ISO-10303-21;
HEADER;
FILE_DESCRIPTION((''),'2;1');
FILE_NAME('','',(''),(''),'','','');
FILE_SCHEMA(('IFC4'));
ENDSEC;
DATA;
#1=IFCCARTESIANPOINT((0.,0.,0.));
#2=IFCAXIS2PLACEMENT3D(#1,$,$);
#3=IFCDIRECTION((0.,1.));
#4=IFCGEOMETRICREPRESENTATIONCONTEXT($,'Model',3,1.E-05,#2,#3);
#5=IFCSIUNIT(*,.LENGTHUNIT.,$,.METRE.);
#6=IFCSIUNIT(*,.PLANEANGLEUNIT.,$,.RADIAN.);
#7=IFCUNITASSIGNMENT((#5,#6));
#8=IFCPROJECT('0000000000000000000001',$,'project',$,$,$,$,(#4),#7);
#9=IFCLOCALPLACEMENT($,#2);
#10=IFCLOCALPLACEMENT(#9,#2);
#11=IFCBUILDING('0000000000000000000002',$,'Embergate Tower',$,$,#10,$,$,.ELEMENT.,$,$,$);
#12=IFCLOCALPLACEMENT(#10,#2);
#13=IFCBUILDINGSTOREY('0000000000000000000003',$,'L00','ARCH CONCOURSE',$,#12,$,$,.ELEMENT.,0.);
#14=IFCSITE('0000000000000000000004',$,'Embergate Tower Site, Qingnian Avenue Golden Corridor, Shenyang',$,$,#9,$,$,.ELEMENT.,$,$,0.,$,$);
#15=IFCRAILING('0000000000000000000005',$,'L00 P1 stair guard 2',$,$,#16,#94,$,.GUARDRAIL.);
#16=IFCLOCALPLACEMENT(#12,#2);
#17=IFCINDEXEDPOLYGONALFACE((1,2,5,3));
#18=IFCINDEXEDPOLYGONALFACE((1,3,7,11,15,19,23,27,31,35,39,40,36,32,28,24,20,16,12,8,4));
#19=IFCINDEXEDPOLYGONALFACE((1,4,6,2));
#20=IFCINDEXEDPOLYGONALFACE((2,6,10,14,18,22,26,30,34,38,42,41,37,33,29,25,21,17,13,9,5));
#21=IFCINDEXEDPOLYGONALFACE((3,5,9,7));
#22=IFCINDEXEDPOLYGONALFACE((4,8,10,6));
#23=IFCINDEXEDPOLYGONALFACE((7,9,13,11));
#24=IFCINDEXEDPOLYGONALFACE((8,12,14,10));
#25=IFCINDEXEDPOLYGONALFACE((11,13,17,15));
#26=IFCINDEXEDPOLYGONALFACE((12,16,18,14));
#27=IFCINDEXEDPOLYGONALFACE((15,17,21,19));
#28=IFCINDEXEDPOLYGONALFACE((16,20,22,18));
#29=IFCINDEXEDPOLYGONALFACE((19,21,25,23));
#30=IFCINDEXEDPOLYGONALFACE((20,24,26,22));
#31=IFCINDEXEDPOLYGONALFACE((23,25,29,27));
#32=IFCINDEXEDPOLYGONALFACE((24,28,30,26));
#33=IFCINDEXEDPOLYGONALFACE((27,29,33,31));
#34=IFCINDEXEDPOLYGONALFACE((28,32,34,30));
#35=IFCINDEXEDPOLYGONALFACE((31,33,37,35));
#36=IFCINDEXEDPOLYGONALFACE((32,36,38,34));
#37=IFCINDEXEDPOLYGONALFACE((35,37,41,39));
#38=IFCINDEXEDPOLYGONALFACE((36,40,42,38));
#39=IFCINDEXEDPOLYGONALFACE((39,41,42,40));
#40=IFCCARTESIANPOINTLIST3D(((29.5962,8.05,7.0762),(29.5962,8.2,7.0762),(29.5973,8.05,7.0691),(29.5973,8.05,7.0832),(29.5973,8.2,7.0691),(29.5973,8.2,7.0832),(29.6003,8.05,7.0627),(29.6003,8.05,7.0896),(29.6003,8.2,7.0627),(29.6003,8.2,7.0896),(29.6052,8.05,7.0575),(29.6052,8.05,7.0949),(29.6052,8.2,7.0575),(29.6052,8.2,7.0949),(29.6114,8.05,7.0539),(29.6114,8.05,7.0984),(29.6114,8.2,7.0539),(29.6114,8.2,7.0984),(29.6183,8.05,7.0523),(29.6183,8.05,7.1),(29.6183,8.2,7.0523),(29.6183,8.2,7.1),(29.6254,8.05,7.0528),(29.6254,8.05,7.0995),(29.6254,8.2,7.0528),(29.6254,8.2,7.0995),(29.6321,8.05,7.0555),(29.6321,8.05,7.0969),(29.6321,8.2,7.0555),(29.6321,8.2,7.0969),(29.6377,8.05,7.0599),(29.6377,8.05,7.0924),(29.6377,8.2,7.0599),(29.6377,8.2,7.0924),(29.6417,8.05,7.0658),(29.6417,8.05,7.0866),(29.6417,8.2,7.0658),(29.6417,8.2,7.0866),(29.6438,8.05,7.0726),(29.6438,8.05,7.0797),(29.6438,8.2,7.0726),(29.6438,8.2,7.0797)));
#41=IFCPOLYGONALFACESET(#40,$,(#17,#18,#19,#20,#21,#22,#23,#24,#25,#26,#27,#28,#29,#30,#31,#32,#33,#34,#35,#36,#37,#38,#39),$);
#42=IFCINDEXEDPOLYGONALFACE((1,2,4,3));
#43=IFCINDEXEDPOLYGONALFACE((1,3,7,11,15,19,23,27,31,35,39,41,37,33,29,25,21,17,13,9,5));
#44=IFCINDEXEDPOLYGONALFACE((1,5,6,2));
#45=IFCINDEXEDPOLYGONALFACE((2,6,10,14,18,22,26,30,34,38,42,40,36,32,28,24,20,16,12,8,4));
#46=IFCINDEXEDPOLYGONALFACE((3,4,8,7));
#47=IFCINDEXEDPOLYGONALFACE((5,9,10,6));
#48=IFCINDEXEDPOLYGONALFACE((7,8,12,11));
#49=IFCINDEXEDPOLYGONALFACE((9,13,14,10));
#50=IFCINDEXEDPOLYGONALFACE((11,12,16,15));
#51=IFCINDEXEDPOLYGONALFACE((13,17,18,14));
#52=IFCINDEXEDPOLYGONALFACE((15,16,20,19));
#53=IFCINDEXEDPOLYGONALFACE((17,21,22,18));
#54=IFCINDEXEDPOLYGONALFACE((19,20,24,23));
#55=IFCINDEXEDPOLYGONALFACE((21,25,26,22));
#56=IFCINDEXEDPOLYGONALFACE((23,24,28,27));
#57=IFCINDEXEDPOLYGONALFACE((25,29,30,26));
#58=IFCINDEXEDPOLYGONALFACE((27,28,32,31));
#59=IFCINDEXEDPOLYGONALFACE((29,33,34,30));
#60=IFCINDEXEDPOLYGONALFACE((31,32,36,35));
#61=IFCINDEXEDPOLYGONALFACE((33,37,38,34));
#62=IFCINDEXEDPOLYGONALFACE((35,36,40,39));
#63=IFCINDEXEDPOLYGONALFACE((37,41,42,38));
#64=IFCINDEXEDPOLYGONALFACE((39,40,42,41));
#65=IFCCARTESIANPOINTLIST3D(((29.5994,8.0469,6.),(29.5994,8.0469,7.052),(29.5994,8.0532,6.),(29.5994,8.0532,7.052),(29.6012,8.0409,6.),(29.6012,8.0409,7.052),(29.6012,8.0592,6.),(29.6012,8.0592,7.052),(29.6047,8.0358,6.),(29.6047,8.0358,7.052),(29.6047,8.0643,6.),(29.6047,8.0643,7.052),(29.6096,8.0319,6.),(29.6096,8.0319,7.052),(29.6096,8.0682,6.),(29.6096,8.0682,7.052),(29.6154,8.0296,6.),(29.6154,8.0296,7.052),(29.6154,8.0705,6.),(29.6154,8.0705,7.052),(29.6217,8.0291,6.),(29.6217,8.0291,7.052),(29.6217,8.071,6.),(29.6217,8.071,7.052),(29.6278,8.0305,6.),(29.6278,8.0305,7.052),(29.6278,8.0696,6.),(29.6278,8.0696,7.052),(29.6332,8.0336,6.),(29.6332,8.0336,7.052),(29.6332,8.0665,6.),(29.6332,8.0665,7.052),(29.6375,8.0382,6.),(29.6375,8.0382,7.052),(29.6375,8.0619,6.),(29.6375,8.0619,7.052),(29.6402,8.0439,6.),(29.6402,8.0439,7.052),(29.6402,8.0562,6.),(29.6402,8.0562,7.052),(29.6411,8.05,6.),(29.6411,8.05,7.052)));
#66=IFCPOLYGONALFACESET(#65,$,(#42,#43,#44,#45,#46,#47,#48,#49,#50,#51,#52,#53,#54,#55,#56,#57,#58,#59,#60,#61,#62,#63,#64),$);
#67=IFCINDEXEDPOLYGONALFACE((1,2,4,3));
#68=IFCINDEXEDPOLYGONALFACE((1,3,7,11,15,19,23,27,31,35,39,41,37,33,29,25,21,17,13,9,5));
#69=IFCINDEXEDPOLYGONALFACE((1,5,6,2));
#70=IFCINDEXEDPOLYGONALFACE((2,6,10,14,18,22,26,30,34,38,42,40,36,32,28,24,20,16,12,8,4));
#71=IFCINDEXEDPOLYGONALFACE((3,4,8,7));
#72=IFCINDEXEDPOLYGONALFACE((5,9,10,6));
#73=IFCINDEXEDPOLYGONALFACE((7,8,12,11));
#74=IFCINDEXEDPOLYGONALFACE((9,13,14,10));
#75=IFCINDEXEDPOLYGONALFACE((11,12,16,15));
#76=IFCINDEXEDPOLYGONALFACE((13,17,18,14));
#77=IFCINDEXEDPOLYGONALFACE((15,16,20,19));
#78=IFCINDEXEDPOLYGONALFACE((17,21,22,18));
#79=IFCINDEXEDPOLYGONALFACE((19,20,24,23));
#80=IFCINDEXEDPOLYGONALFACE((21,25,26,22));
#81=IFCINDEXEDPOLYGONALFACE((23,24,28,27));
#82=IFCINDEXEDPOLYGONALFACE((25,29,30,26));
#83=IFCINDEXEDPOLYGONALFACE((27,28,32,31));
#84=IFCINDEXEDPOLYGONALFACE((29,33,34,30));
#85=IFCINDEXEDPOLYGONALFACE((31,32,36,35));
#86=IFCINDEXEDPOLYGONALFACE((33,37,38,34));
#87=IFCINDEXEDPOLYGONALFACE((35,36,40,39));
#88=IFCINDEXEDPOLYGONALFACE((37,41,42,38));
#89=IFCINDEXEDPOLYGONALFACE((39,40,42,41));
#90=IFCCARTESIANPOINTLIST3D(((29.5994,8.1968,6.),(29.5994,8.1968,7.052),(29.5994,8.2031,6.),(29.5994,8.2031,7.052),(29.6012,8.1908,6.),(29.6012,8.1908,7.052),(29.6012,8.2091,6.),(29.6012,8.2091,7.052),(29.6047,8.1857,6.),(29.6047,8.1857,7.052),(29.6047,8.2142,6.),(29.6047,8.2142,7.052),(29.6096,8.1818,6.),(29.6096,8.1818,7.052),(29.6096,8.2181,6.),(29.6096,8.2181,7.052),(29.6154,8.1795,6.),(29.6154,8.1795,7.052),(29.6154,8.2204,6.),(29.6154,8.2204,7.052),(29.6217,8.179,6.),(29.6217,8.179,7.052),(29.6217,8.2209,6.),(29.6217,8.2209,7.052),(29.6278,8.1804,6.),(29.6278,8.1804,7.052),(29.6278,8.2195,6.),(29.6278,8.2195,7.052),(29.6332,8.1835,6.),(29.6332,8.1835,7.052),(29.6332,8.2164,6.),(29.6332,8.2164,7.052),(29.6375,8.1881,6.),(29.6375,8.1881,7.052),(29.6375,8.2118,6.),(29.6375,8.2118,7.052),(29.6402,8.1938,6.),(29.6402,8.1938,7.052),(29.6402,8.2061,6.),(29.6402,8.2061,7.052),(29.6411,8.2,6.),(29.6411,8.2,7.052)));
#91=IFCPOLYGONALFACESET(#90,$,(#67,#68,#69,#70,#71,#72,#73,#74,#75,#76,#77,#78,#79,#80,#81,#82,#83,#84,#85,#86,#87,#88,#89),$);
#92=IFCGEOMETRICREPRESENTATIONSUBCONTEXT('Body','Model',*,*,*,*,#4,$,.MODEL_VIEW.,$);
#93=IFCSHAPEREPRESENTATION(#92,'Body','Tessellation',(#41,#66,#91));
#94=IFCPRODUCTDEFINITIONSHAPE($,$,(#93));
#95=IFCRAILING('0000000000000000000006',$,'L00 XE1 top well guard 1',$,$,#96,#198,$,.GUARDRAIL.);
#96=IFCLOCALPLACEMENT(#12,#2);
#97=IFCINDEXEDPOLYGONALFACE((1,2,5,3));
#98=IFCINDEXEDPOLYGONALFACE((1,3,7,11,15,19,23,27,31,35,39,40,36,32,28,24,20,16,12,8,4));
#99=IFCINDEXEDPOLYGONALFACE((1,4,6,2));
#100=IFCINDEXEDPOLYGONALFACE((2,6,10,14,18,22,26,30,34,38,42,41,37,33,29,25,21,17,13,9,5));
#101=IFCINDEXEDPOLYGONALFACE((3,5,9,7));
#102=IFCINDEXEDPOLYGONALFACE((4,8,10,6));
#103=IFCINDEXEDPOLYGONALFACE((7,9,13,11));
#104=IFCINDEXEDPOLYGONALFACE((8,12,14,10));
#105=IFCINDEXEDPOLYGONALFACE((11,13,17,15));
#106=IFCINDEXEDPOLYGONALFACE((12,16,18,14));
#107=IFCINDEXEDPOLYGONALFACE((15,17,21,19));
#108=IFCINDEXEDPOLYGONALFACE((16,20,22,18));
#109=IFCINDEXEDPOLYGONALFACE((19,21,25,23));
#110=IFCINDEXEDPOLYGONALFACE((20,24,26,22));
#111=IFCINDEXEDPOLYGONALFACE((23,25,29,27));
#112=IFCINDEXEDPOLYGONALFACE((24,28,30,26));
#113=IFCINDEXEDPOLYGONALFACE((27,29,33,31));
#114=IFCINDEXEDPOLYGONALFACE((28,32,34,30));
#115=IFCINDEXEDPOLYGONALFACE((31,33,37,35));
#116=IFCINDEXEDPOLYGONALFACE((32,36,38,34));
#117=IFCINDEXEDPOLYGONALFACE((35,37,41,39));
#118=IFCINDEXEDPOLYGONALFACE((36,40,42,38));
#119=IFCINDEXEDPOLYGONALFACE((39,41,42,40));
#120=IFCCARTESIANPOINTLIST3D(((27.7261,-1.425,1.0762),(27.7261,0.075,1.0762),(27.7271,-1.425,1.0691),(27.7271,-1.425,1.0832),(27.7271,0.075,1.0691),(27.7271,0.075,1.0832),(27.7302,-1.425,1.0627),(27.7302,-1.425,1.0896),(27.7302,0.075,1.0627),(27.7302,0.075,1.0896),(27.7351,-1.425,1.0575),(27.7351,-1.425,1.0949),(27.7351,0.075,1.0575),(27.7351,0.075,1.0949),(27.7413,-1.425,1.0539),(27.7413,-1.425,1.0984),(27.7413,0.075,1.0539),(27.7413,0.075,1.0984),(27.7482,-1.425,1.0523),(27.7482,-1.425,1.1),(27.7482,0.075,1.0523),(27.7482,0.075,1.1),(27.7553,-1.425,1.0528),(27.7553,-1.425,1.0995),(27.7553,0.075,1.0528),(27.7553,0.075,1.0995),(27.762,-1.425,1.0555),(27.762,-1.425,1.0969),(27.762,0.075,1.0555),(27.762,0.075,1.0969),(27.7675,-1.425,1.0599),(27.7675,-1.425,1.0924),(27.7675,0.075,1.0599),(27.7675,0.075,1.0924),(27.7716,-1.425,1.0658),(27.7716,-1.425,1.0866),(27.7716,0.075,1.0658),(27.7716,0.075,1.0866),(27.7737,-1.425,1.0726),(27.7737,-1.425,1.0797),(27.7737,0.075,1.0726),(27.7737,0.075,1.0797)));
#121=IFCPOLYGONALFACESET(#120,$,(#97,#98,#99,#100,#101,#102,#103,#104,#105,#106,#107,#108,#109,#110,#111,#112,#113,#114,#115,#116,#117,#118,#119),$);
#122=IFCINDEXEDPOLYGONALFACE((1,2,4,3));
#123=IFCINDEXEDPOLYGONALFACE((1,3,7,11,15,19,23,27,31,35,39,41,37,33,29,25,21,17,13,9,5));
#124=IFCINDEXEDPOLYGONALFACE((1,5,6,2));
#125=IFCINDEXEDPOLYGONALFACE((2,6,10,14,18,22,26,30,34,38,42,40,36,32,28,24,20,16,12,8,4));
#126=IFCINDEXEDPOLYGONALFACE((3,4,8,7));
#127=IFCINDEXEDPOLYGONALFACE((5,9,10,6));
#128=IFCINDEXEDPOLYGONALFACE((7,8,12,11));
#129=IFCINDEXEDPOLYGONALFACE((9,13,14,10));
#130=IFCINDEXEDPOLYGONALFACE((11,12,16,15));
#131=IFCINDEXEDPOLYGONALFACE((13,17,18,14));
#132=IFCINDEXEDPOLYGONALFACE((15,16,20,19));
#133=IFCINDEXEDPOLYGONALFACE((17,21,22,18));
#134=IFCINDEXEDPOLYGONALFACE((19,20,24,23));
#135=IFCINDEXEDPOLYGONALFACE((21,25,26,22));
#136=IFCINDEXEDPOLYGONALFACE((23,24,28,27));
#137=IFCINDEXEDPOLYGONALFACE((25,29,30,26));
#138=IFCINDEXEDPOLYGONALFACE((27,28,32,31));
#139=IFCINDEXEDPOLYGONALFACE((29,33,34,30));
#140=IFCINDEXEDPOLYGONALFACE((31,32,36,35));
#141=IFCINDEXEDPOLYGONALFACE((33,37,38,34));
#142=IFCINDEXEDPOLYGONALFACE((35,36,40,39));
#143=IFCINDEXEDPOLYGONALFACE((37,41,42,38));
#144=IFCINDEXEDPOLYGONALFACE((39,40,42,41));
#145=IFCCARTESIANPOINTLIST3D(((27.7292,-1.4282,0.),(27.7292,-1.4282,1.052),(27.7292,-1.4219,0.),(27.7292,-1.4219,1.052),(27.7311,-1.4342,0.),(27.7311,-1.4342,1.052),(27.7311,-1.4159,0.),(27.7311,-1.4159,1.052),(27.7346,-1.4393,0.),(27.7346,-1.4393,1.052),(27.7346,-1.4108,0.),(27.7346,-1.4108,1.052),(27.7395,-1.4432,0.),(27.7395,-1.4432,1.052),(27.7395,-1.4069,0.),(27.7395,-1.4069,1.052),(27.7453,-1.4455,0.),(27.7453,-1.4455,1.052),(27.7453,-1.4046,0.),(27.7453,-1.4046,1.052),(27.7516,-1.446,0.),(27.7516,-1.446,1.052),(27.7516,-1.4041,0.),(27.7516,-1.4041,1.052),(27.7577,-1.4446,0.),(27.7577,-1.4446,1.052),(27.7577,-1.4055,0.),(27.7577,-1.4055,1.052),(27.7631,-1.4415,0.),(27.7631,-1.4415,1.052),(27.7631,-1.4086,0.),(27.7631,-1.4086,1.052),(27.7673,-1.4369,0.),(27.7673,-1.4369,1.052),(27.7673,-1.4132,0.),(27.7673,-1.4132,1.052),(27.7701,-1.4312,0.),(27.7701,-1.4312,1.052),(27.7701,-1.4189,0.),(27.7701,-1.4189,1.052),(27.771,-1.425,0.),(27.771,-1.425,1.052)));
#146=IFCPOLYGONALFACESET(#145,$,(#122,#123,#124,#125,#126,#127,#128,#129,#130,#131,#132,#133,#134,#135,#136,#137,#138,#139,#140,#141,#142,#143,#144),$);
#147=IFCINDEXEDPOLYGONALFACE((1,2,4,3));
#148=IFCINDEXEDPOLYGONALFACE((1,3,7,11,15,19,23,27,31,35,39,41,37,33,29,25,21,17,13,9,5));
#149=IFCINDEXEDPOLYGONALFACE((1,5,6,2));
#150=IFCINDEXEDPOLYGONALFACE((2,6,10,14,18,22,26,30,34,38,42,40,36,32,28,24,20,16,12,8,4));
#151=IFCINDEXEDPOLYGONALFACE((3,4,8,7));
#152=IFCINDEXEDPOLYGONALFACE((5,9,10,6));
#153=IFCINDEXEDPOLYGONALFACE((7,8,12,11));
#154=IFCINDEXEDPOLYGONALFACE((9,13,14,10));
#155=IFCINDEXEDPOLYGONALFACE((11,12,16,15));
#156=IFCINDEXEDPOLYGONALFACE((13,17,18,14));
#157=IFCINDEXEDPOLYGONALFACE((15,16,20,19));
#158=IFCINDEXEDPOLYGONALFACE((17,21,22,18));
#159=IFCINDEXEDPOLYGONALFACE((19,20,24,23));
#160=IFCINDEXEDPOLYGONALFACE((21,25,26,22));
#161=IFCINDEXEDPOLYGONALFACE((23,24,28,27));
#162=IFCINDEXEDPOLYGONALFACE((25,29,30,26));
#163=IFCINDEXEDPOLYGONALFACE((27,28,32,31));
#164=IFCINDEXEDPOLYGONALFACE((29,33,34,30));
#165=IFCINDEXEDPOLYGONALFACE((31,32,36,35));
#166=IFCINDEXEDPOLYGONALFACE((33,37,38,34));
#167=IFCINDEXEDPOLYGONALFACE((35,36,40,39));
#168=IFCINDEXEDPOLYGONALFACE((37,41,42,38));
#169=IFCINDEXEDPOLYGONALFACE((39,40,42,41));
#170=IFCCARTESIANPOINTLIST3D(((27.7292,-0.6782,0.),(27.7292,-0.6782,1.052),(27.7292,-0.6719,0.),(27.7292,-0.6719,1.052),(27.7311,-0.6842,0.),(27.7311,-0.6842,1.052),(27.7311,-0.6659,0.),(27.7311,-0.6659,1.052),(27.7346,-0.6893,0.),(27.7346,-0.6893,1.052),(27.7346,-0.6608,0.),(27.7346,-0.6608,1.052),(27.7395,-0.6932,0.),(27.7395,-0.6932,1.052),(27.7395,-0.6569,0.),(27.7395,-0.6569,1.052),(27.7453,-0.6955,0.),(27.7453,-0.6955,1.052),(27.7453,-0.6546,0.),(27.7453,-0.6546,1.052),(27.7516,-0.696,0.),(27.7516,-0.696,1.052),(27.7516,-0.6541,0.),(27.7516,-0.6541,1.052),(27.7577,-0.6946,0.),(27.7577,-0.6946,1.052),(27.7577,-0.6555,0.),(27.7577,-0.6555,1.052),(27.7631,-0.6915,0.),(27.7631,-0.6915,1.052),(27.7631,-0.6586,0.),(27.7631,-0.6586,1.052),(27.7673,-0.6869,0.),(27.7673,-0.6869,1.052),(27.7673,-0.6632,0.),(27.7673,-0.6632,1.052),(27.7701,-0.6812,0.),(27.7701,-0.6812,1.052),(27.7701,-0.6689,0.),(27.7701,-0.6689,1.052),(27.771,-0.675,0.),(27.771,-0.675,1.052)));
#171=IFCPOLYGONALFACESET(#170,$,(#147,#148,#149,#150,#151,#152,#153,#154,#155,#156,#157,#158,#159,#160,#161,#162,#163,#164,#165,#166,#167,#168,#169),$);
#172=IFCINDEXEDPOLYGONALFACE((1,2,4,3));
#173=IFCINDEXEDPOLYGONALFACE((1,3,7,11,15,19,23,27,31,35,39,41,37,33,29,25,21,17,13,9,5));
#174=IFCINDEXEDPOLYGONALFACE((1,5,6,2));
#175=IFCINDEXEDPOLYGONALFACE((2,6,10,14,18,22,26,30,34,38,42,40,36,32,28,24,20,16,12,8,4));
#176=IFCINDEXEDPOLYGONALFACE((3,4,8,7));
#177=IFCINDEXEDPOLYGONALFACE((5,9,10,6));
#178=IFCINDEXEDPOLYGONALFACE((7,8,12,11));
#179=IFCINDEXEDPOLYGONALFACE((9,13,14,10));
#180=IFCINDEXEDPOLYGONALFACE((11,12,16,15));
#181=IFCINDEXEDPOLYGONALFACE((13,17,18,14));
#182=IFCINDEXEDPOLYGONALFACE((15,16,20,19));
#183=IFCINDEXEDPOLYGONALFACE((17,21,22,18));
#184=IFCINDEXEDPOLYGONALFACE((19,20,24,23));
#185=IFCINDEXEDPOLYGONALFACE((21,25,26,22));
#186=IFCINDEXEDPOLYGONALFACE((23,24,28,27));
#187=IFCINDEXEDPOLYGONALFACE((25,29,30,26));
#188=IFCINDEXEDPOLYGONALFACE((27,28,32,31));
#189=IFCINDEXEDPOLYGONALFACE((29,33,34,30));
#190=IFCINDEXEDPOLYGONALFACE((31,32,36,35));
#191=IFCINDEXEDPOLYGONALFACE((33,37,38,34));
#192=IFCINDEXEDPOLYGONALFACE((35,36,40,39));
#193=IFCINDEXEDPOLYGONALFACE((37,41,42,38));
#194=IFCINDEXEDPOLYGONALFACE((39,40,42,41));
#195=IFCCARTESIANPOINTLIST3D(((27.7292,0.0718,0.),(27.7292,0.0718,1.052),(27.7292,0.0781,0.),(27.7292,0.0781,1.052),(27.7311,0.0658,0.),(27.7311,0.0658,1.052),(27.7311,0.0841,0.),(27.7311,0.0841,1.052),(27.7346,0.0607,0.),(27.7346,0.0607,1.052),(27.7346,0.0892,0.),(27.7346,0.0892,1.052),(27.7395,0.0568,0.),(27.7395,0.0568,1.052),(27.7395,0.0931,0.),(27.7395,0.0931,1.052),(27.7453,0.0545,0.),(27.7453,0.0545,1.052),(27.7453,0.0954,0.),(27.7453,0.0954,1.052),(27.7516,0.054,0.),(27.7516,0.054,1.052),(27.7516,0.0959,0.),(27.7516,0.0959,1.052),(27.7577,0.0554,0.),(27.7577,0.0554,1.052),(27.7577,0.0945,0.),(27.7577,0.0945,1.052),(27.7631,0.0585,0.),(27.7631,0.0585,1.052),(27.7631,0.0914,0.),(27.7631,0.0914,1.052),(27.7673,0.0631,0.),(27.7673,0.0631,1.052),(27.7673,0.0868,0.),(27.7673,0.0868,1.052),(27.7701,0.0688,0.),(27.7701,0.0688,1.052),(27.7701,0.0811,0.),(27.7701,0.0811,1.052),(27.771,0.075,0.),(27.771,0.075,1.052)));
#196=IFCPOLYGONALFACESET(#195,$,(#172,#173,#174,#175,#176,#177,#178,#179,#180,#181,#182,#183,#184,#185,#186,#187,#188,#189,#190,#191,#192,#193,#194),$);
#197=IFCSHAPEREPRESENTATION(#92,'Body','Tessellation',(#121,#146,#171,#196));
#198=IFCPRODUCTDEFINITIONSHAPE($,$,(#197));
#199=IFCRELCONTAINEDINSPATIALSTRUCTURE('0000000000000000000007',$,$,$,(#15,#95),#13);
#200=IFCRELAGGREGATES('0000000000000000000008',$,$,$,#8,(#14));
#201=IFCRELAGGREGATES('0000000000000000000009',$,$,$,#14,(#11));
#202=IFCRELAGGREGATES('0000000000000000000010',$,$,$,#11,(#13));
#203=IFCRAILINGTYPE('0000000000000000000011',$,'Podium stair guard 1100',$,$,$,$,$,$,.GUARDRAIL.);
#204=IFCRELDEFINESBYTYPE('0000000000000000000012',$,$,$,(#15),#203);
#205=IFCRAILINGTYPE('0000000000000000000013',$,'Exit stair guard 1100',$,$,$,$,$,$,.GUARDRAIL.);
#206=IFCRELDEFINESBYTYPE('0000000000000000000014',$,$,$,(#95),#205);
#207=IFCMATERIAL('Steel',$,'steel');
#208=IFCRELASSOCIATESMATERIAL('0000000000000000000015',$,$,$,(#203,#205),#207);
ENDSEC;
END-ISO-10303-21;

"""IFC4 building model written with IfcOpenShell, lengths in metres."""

from ifc_helpers import new_model, si_unit, direction, frame, origin, origin_2d, place, context, subcontext, project, spatial, circle, extrude, source, transform, mapped, material, type_object, element, save


model = new_model("IFC4")

# Units and contexts
model_context = context("Model", 3, precision=1e-05, world=origin(), true_north=direction((0.0, 1.0)))
body_context = subcontext(model_context, "Body", "Model", "MODEL_VIEW")
ifc_project = project(units=[si_unit("LENGTHUNIT", "METRE"), si_unit("PLANEANGLEUNIT", "RADIAN")], contexts=[model_context])

# Site, building, storey
site_placement = place(None, origin())
site = spatial("IfcSite", under=ifc_project, at=site_placement, Name="Embergate Tower Site, Qingnian Avenue Golden Corridor, Shenyang", CompositionType="ELEMENT", RefElevation=0.0)
building_placement = place(site_placement, origin())
building = spatial("IfcBuilding", under=site, at=building_placement, Name="Embergate Tower", CompositionType="ELEMENT")
storey_placement = place(building_placement, origin())
storey = spatial("IfcBuildingStorey", under=building, at=storey_placement, Name="L00", Description="ARCH CONCOURSE", CompositionType="ELEMENT", Elevation=0.0)

# Railings
ifc_material_1 = material(Name="Steel", Category="steel")
railing_type_1 = type_object("IfcRailingType", Name="Podium stair guard 1100", PredefinedType="GUARDRAIL", material=ifc_material_1)
shared_shape_1 = source(origin(), body_context, "Body", "SweptSolid", [
    extrude(circle(Radius=0.0239, at=origin_2d()), frame((0.0, 0.0, 1.0762), z_axis=(0.0, 1.0, 0.0), x_axis=(-1.0, 0.0, 0.0)), (0.0, 0.0, 1.0), 0.1499),
    extrude(circle(Radius=0.021, at=origin_2d()), origin(), (0.0, 0.0, 1.0), 1.052),
    extrude(circle(Radius=0.021, at=origin_2d()), frame((0.0, 0.1499, 0.0)), (0.0, 0.0, 1.0), 1.052),
])
railing_1_placement = place(storey_placement, frame((29.6201, 8.05, 6.0)))
element("IfcRailing", 1, at=railing_1_placement, inside=storey, type_object=railing_type_1, Name="L00 P1 stair guard 2", PredefinedType="GUARDRAIL", context=body_context, shape_type="MappedRepresentation", body=[
    mapped(shared_shape_1, transform((0.0, 0.0, 0.0))),
])
railing_type_2 = type_object("IfcRailingType", Name="Exit stair guard 1100", PredefinedType="GUARDRAIL", material=ifc_material_1)
shared_shape_2 = source(origin(), body_context, "Body", "SweptSolid", [
    extrude(circle(Radius=0.0239, at=origin_2d()), frame((0.0, 0.0, 1.0762), z_axis=(0.0, 1.0, 0.0), x_axis=(-1.0, 0.0, 0.0)), (0.0, 0.0, 1.0), 1.5),
    extrude(circle(Radius=0.021, at=origin_2d()), origin(), (0.0, 0.0, 1.0), 1.052),
    extrude(circle(Radius=0.021, at=origin_2d()), frame((0.0, 0.75, 0.0)), (0.0, 0.0, 1.0), 1.052),
    extrude(circle(Radius=0.021, at=origin_2d()), frame((0.0, 1.5, 0.0)), (0.0, 0.0, 1.0), 1.052),
])
railing_2_placement = place(storey_placement, frame((27.75, -1.425, 0.0)))
element("IfcRailing", 2, at=railing_2_placement, inside=storey, type_object=railing_type_2, Name="L00 XE1 top well guard 1", PredefinedType="GUARDRAIL", context=body_context, shape_type="MappedRepresentation", body=[
    mapped(shared_shape_2, transform((0.0, 0.0, 0.0))),
])

save(model, "model.ifc")
